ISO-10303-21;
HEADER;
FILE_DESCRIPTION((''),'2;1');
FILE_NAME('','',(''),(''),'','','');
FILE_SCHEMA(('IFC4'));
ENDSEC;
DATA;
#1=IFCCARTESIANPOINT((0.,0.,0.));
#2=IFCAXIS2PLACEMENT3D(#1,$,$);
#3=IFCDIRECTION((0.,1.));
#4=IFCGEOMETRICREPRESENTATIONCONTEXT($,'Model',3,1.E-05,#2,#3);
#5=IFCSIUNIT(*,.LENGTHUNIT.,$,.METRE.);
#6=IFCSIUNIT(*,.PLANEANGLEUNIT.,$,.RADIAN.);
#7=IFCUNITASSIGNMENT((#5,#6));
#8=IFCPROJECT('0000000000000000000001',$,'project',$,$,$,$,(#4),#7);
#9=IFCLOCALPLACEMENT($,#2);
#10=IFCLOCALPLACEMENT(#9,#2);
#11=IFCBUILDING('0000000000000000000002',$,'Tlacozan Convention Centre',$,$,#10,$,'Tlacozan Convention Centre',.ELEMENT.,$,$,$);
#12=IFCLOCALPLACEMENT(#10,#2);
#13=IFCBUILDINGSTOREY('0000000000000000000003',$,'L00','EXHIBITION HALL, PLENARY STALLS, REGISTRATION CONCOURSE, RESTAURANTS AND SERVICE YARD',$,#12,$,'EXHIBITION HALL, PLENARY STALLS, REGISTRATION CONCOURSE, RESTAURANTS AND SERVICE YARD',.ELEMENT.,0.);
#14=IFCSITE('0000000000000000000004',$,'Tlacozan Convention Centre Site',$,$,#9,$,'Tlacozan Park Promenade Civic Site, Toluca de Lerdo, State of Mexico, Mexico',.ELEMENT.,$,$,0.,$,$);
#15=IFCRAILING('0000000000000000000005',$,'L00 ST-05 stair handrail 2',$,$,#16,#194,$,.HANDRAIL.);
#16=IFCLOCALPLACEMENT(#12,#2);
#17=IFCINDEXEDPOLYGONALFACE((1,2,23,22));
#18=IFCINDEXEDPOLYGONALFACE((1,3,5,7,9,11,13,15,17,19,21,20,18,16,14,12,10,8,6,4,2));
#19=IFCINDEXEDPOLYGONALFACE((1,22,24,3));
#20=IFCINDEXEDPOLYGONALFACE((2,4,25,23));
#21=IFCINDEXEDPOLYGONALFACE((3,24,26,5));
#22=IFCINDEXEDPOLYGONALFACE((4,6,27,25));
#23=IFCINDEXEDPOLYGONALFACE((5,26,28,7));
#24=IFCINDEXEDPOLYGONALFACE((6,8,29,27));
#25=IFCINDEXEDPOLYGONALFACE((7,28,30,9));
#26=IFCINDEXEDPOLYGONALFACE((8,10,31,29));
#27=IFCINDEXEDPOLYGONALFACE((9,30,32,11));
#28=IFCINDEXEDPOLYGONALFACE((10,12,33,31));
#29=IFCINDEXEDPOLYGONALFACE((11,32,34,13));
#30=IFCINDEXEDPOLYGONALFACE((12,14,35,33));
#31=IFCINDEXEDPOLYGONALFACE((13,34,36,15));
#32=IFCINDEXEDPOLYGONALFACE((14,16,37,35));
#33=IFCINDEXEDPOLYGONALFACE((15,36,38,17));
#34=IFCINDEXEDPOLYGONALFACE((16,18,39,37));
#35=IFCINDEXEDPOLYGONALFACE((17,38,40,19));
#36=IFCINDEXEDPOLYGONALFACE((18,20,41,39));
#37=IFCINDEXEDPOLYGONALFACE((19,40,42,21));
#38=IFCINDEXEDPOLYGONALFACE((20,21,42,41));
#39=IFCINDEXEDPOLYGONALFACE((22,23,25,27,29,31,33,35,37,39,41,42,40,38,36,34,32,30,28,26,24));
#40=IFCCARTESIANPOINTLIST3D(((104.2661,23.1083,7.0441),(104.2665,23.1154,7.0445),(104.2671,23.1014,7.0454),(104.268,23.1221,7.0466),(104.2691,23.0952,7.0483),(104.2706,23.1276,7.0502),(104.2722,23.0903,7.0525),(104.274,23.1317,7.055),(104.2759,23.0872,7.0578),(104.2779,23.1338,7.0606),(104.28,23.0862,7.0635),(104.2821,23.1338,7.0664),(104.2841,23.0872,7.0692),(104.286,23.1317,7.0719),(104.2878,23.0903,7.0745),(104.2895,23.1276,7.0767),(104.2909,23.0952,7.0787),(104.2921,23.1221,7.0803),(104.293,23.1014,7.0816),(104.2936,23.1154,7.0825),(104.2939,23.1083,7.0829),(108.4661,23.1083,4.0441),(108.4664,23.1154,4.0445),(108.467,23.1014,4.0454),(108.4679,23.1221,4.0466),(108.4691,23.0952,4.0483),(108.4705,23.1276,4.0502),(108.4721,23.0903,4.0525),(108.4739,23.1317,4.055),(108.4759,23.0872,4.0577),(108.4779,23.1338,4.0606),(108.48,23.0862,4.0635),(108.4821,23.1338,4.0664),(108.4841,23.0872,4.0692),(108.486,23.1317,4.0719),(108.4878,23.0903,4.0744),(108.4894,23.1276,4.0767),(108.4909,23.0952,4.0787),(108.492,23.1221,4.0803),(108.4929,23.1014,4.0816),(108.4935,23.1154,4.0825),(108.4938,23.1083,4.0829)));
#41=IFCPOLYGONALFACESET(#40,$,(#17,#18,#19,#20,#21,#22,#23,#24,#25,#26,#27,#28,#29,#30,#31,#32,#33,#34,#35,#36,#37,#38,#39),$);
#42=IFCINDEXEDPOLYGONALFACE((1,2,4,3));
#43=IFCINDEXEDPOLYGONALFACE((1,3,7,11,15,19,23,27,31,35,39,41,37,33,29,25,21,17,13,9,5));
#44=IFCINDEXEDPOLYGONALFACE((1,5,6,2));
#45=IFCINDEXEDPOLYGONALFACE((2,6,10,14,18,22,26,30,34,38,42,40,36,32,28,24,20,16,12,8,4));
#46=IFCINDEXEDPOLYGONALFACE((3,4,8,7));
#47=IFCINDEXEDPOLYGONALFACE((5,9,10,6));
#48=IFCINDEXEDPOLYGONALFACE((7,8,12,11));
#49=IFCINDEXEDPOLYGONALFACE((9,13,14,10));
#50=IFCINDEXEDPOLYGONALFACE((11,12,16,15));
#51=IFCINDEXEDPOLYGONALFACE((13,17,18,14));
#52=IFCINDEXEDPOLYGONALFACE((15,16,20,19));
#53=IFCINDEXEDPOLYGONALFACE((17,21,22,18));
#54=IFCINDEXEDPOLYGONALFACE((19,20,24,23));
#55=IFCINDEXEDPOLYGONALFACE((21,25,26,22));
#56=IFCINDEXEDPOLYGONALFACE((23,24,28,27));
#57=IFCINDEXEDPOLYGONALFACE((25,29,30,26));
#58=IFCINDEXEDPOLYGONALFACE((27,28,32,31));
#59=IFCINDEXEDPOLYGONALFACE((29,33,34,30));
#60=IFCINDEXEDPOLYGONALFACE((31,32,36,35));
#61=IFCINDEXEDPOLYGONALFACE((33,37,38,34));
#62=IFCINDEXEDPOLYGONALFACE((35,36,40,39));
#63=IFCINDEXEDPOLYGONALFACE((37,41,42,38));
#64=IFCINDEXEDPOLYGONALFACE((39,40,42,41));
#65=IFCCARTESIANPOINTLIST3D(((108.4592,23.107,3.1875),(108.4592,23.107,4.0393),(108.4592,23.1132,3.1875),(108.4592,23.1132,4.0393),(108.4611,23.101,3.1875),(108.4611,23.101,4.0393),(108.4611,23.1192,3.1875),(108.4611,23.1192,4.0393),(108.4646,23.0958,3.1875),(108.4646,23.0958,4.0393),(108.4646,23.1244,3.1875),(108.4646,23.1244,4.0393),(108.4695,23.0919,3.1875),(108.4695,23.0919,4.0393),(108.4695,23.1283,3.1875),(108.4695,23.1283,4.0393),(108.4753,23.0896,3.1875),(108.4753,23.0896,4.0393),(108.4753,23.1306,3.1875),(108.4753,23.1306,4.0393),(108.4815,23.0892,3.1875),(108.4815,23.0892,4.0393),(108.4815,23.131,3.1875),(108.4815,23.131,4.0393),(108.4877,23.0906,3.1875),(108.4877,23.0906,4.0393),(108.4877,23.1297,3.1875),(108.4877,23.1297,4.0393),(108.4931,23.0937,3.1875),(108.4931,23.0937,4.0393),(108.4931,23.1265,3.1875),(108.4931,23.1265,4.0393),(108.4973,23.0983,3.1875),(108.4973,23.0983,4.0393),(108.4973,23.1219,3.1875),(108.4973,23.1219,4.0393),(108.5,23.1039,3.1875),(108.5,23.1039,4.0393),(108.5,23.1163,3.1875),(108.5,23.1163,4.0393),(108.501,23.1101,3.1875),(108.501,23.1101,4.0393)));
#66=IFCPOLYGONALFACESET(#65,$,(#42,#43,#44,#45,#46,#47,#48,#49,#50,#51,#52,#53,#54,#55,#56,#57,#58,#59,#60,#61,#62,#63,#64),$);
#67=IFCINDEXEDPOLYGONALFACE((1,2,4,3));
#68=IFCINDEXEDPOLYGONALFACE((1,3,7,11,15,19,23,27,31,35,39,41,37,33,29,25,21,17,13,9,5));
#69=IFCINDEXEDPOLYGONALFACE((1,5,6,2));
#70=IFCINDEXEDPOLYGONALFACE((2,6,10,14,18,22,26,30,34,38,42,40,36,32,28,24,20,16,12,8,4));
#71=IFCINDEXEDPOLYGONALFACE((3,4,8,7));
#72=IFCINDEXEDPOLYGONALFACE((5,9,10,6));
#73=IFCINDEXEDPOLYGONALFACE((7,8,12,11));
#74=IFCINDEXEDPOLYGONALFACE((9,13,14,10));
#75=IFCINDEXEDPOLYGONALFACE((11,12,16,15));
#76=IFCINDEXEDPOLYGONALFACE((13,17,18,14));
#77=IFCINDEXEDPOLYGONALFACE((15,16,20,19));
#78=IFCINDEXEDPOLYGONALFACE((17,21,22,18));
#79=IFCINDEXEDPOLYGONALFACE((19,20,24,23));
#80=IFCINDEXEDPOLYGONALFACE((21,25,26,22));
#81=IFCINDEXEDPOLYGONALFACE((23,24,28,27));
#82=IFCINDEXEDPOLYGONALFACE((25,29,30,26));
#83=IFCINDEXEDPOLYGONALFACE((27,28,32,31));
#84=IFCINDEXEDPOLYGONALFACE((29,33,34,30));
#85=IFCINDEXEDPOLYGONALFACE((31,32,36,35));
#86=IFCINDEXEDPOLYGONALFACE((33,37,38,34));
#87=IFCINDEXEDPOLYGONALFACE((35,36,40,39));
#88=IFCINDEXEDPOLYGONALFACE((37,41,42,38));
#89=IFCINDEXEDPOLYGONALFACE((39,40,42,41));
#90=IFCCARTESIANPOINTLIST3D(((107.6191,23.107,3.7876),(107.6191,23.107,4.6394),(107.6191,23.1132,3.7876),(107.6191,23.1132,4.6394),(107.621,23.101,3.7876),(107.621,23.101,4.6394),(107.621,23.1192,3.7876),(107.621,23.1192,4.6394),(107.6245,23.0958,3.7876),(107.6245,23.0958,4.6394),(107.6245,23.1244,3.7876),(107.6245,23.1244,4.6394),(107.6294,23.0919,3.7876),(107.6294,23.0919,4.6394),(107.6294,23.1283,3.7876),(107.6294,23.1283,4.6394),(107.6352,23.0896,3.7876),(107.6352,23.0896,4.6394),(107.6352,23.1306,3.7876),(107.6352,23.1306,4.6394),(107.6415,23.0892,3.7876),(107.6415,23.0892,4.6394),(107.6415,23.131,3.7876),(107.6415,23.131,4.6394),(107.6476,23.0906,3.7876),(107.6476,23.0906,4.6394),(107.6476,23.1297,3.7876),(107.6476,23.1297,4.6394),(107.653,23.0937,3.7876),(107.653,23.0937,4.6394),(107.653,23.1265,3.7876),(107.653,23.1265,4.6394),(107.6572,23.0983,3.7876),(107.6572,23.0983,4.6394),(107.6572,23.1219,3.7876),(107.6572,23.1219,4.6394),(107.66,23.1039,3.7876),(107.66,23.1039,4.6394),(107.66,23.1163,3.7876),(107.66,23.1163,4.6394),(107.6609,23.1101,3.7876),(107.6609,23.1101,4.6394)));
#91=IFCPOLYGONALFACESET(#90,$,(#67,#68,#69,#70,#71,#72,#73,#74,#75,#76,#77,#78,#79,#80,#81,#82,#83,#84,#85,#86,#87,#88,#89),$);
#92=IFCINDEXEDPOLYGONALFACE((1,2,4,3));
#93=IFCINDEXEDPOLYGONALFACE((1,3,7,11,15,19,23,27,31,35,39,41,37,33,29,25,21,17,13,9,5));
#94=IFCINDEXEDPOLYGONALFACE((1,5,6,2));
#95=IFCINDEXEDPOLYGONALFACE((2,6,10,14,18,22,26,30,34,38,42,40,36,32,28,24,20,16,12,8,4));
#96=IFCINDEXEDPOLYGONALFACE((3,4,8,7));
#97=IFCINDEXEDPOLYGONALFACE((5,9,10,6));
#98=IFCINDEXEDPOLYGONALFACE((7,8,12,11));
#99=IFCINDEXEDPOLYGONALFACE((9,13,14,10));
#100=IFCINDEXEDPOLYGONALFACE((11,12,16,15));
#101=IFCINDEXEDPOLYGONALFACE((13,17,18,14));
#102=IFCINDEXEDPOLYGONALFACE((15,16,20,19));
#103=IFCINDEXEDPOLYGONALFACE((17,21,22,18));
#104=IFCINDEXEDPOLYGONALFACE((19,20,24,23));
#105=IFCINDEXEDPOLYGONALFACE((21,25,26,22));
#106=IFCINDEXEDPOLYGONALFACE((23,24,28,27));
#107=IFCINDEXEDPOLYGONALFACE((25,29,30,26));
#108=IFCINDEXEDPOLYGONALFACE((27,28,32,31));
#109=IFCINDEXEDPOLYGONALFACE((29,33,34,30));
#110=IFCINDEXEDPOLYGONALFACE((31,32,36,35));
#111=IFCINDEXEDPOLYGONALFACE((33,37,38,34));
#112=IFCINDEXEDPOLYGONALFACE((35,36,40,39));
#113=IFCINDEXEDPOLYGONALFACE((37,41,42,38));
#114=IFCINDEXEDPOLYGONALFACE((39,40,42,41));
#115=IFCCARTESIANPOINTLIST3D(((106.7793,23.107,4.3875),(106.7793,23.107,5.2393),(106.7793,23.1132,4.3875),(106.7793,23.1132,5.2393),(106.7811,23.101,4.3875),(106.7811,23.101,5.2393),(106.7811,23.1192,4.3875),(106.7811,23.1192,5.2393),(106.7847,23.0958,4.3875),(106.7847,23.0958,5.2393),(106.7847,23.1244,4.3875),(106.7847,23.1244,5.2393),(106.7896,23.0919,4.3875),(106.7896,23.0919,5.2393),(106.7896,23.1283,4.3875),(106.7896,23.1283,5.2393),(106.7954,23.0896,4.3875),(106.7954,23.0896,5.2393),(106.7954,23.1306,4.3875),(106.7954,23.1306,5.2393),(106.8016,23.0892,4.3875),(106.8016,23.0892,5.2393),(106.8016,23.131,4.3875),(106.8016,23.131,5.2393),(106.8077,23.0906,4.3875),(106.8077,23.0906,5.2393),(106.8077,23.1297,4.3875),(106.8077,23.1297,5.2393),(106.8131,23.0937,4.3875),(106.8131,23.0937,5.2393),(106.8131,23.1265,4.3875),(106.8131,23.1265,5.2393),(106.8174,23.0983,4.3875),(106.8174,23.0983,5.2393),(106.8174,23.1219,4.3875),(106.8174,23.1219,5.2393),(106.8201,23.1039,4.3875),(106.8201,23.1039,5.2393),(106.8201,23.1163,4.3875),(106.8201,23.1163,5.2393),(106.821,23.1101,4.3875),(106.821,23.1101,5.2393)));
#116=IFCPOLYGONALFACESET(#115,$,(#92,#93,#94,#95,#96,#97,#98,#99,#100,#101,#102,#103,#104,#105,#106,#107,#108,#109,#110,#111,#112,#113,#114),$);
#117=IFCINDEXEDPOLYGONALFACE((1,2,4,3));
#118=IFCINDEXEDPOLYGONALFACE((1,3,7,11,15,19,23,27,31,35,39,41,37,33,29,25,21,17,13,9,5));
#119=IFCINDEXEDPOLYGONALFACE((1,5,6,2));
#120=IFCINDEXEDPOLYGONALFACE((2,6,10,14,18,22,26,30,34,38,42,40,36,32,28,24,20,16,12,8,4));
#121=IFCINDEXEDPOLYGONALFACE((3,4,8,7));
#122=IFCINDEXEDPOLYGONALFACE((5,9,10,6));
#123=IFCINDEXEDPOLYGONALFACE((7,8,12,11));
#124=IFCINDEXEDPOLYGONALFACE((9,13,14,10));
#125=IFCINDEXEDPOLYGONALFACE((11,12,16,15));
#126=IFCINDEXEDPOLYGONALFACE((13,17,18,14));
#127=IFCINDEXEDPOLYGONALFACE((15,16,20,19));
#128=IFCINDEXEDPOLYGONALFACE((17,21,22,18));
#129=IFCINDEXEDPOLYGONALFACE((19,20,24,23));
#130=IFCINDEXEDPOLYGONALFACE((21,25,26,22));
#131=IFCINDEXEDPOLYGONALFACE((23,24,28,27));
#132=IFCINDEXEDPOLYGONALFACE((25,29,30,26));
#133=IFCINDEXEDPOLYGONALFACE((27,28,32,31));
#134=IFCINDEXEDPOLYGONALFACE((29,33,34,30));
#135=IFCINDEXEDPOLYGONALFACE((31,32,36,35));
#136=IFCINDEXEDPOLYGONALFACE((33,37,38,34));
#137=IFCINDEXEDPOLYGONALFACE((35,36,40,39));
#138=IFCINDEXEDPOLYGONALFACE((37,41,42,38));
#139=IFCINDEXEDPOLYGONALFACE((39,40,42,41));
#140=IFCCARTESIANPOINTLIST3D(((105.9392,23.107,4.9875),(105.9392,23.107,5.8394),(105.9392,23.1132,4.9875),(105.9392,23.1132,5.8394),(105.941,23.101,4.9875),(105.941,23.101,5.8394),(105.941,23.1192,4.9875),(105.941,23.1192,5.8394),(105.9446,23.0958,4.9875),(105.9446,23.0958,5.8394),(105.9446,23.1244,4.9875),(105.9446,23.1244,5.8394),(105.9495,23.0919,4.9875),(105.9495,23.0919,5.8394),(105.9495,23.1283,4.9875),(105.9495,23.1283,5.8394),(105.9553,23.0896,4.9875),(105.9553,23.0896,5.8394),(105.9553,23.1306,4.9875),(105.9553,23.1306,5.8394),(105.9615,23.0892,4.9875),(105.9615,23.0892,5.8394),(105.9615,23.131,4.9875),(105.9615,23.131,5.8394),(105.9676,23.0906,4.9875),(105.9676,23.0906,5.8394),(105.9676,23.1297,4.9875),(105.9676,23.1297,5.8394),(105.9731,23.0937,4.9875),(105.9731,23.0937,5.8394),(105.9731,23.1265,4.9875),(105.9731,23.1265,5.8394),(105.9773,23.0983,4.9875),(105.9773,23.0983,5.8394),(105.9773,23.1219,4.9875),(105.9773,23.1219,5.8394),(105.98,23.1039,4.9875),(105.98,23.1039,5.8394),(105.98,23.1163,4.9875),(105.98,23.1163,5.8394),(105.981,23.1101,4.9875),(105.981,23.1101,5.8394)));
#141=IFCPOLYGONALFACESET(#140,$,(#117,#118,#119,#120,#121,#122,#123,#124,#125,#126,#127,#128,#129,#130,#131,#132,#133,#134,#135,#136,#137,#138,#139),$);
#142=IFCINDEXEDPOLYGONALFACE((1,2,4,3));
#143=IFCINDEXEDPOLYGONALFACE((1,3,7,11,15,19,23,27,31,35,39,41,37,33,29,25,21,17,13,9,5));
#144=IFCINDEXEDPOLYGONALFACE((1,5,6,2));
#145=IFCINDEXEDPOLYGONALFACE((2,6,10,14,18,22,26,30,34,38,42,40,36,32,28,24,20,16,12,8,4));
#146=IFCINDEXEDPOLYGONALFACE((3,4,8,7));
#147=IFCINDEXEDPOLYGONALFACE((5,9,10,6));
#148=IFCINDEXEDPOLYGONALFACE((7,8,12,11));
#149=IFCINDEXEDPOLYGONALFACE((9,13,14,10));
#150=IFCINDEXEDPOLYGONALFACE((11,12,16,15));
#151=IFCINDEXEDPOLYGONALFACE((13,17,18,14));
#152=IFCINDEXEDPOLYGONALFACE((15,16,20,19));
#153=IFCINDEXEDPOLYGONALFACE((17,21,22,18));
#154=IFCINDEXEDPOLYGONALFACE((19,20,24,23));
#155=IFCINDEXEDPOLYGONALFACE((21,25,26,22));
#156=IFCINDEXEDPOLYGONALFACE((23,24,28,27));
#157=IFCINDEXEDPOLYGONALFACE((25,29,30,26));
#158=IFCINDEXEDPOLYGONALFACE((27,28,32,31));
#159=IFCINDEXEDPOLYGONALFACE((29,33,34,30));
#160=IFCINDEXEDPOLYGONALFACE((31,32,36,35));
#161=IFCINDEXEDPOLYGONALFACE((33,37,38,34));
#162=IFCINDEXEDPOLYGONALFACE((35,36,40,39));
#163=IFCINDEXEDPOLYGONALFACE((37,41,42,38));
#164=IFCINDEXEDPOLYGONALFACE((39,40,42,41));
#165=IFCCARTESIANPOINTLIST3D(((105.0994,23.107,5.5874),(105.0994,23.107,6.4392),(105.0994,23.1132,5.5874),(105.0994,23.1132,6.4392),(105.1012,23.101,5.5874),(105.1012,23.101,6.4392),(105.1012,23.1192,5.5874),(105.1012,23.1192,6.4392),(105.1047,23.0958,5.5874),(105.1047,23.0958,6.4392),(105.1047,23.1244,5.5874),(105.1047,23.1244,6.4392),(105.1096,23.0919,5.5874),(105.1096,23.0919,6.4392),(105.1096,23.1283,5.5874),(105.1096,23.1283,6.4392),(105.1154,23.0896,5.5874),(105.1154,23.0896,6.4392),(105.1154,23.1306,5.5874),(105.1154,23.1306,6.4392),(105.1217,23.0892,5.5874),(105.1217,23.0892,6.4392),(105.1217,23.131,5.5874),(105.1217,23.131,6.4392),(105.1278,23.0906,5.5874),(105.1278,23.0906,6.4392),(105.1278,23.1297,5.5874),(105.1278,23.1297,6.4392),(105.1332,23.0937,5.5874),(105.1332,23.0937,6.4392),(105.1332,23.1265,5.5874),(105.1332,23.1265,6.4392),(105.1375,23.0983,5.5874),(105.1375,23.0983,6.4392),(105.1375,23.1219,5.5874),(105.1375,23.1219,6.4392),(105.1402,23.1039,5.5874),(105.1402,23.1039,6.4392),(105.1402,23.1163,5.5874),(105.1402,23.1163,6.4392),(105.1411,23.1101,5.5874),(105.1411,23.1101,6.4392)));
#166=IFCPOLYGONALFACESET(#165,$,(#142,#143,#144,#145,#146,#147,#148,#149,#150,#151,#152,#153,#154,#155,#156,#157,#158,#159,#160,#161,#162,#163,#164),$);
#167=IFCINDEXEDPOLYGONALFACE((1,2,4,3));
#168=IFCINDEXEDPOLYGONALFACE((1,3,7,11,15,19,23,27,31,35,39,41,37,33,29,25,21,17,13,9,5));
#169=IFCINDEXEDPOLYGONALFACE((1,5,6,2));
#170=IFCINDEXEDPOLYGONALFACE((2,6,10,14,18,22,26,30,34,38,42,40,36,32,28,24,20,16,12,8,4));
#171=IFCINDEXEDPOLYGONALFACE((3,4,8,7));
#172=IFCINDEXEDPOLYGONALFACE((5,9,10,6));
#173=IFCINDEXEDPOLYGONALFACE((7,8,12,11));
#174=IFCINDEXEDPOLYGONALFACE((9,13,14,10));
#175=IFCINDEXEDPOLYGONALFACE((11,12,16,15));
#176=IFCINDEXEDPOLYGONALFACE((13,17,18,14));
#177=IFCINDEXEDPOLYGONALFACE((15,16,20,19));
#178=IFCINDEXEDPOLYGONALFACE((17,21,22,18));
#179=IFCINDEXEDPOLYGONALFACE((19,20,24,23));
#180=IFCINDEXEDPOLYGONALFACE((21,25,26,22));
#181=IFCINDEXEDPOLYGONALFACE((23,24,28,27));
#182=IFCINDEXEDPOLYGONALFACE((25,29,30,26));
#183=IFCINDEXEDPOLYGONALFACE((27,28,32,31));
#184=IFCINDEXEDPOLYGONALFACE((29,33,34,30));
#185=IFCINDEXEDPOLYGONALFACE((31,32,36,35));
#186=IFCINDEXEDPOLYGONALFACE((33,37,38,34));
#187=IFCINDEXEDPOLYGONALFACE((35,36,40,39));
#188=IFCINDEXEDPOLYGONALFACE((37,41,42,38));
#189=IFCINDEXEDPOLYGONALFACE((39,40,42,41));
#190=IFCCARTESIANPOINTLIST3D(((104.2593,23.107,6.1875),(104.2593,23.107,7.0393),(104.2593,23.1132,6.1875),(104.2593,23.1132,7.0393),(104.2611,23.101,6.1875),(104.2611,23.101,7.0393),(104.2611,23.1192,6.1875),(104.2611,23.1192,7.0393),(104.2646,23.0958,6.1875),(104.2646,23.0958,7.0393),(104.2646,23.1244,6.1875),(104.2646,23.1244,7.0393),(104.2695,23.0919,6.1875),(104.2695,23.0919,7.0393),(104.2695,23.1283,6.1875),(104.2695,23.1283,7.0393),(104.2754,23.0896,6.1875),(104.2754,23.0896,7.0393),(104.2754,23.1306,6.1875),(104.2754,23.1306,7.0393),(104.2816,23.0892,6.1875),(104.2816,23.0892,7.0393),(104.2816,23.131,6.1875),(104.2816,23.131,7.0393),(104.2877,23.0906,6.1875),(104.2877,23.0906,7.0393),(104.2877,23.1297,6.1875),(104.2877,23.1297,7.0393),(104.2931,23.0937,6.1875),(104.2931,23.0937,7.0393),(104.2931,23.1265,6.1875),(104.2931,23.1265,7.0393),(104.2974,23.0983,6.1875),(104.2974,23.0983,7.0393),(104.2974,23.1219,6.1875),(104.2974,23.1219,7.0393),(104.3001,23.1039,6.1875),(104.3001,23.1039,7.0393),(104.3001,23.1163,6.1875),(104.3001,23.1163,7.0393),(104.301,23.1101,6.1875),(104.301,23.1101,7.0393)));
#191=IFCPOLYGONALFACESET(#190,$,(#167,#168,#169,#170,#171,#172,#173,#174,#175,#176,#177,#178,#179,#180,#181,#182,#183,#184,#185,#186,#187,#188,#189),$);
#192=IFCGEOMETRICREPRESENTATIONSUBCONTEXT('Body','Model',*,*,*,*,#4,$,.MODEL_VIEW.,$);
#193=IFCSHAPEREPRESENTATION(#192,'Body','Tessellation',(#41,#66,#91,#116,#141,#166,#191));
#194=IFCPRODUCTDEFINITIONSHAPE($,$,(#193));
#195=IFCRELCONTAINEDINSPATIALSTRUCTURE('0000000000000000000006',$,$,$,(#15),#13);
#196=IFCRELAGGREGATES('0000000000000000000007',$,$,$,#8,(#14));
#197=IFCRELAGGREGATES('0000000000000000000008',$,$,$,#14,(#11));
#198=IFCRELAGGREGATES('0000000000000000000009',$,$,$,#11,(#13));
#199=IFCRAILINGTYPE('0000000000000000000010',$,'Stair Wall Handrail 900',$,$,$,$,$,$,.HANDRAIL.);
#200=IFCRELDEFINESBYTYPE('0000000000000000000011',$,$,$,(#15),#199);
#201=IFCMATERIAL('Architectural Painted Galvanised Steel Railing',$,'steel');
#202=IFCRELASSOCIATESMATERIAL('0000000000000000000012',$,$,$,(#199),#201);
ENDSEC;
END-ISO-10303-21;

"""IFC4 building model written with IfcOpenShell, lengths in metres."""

from ifc_helpers import new_model, si_unit, direction, frame, origin, origin_2d, place, context, subcontext, project, spatial, circle, extrude, material, type_object, element, save


model = new_model("IFC4")

# Units and contexts
model_context = context("Model", 3, precision=1e-05, world=origin(), true_north=direction((0.0, 1.0)))
body_context = subcontext(model_context, "Body", "Model", "MODEL_VIEW")
ifc_project = project(units=[si_unit("LENGTHUNIT", "METRE"), si_unit("PLANEANGLEUNIT", "RADIAN")], contexts=[model_context])

# Site, building, storey
site_placement = place(None, origin())
site = spatial("IfcSite", under=ifc_project, at=site_placement, Name="Tlacozan Convention Centre Site", LongName="Tlacozan Park Promenade Civic Site, Toluca de Lerdo, State of Mexico, Mexico", CompositionType="ELEMENT", RefElevation=0.0)
building_placement = place(site_placement, origin())
building = spatial("IfcBuilding", under=site, at=building_placement, Name="Tlacozan Convention Centre", LongName="Tlacozan Convention Centre", CompositionType="ELEMENT")
storey_placement = place(building_placement, origin())
storey = spatial("IfcBuildingStorey", under=building, at=storey_placement, Name="L00", Description="EXHIBITION HALL, PLENARY STALLS, REGISTRATION CONCOURSE, RESTAURANTS AND SERVICE YARD", LongName="EXHIBITION HALL, PLENARY STALLS, REGISTRATION CONCOURSE, RESTAURANTS AND SERVICE YARD", CompositionType="ELEMENT", Elevation=0.0)

# Railing
ifc_material_1 = material(Name="Architectural Painted Galvanised Steel Railing", Category="steel")
railing_type_1 = type_object("IfcRailingType", Name="Stair Wall Handrail 900", PredefinedType="HANDRAIL", material=ifc_material_1)
railing_1_placement = place(storey_placement, frame((108.48, 23.1101, 3.1875)))
element("IfcRailing", 1, at=railing_1_placement, inside=storey, type_object=railing_type_1, Name="L00 ST-05 stair handrail 2", PredefinedType="HANDRAIL", context=body_context, shape_type="SweptSolid", body=[
    extrude(circle(Radius=0.0239, at=origin_2d()), frame((0.0, 0.0, 0.876), z_axis=(-0.81373, 0.0, 0.581243), x_axis=(0.0, -1.0, 0.0)), (0.0, 0.0, 1.0), 5.1614),
    extrude(circle(Radius=0.021, at=origin_2d()), origin(), (0.0, 0.0, 1.0), 0.8518),
    extrude(circle(Radius=0.021, at=origin_2d()), frame((-0.8401, 0.0, 0.6001)), (0.0, 0.0, 1.0), 0.8518),
    extrude(circle(Radius=0.021, at=origin_2d()), frame((-1.6799, 0.0, 1.2)), (0.0, 0.0, 1.0), 0.8518),
    extrude(circle(Radius=0.021, at=origin_2d()), frame((-2.52, 0.0, 1.8)), (0.0, 0.0, 1.0), 0.8518),
    extrude(circle(Radius=0.021, at=origin_2d()), frame((-3.3599, 0.0, 2.3999)), (0.0, 0.0, 1.0), 0.8518),
    extrude(circle(Radius=0.021, at=origin_2d()), frame((-4.2, 0.0, 3.0)), (0.0, 0.0, 1.0), 0.8518),
])

save(model, "model.ifc")
